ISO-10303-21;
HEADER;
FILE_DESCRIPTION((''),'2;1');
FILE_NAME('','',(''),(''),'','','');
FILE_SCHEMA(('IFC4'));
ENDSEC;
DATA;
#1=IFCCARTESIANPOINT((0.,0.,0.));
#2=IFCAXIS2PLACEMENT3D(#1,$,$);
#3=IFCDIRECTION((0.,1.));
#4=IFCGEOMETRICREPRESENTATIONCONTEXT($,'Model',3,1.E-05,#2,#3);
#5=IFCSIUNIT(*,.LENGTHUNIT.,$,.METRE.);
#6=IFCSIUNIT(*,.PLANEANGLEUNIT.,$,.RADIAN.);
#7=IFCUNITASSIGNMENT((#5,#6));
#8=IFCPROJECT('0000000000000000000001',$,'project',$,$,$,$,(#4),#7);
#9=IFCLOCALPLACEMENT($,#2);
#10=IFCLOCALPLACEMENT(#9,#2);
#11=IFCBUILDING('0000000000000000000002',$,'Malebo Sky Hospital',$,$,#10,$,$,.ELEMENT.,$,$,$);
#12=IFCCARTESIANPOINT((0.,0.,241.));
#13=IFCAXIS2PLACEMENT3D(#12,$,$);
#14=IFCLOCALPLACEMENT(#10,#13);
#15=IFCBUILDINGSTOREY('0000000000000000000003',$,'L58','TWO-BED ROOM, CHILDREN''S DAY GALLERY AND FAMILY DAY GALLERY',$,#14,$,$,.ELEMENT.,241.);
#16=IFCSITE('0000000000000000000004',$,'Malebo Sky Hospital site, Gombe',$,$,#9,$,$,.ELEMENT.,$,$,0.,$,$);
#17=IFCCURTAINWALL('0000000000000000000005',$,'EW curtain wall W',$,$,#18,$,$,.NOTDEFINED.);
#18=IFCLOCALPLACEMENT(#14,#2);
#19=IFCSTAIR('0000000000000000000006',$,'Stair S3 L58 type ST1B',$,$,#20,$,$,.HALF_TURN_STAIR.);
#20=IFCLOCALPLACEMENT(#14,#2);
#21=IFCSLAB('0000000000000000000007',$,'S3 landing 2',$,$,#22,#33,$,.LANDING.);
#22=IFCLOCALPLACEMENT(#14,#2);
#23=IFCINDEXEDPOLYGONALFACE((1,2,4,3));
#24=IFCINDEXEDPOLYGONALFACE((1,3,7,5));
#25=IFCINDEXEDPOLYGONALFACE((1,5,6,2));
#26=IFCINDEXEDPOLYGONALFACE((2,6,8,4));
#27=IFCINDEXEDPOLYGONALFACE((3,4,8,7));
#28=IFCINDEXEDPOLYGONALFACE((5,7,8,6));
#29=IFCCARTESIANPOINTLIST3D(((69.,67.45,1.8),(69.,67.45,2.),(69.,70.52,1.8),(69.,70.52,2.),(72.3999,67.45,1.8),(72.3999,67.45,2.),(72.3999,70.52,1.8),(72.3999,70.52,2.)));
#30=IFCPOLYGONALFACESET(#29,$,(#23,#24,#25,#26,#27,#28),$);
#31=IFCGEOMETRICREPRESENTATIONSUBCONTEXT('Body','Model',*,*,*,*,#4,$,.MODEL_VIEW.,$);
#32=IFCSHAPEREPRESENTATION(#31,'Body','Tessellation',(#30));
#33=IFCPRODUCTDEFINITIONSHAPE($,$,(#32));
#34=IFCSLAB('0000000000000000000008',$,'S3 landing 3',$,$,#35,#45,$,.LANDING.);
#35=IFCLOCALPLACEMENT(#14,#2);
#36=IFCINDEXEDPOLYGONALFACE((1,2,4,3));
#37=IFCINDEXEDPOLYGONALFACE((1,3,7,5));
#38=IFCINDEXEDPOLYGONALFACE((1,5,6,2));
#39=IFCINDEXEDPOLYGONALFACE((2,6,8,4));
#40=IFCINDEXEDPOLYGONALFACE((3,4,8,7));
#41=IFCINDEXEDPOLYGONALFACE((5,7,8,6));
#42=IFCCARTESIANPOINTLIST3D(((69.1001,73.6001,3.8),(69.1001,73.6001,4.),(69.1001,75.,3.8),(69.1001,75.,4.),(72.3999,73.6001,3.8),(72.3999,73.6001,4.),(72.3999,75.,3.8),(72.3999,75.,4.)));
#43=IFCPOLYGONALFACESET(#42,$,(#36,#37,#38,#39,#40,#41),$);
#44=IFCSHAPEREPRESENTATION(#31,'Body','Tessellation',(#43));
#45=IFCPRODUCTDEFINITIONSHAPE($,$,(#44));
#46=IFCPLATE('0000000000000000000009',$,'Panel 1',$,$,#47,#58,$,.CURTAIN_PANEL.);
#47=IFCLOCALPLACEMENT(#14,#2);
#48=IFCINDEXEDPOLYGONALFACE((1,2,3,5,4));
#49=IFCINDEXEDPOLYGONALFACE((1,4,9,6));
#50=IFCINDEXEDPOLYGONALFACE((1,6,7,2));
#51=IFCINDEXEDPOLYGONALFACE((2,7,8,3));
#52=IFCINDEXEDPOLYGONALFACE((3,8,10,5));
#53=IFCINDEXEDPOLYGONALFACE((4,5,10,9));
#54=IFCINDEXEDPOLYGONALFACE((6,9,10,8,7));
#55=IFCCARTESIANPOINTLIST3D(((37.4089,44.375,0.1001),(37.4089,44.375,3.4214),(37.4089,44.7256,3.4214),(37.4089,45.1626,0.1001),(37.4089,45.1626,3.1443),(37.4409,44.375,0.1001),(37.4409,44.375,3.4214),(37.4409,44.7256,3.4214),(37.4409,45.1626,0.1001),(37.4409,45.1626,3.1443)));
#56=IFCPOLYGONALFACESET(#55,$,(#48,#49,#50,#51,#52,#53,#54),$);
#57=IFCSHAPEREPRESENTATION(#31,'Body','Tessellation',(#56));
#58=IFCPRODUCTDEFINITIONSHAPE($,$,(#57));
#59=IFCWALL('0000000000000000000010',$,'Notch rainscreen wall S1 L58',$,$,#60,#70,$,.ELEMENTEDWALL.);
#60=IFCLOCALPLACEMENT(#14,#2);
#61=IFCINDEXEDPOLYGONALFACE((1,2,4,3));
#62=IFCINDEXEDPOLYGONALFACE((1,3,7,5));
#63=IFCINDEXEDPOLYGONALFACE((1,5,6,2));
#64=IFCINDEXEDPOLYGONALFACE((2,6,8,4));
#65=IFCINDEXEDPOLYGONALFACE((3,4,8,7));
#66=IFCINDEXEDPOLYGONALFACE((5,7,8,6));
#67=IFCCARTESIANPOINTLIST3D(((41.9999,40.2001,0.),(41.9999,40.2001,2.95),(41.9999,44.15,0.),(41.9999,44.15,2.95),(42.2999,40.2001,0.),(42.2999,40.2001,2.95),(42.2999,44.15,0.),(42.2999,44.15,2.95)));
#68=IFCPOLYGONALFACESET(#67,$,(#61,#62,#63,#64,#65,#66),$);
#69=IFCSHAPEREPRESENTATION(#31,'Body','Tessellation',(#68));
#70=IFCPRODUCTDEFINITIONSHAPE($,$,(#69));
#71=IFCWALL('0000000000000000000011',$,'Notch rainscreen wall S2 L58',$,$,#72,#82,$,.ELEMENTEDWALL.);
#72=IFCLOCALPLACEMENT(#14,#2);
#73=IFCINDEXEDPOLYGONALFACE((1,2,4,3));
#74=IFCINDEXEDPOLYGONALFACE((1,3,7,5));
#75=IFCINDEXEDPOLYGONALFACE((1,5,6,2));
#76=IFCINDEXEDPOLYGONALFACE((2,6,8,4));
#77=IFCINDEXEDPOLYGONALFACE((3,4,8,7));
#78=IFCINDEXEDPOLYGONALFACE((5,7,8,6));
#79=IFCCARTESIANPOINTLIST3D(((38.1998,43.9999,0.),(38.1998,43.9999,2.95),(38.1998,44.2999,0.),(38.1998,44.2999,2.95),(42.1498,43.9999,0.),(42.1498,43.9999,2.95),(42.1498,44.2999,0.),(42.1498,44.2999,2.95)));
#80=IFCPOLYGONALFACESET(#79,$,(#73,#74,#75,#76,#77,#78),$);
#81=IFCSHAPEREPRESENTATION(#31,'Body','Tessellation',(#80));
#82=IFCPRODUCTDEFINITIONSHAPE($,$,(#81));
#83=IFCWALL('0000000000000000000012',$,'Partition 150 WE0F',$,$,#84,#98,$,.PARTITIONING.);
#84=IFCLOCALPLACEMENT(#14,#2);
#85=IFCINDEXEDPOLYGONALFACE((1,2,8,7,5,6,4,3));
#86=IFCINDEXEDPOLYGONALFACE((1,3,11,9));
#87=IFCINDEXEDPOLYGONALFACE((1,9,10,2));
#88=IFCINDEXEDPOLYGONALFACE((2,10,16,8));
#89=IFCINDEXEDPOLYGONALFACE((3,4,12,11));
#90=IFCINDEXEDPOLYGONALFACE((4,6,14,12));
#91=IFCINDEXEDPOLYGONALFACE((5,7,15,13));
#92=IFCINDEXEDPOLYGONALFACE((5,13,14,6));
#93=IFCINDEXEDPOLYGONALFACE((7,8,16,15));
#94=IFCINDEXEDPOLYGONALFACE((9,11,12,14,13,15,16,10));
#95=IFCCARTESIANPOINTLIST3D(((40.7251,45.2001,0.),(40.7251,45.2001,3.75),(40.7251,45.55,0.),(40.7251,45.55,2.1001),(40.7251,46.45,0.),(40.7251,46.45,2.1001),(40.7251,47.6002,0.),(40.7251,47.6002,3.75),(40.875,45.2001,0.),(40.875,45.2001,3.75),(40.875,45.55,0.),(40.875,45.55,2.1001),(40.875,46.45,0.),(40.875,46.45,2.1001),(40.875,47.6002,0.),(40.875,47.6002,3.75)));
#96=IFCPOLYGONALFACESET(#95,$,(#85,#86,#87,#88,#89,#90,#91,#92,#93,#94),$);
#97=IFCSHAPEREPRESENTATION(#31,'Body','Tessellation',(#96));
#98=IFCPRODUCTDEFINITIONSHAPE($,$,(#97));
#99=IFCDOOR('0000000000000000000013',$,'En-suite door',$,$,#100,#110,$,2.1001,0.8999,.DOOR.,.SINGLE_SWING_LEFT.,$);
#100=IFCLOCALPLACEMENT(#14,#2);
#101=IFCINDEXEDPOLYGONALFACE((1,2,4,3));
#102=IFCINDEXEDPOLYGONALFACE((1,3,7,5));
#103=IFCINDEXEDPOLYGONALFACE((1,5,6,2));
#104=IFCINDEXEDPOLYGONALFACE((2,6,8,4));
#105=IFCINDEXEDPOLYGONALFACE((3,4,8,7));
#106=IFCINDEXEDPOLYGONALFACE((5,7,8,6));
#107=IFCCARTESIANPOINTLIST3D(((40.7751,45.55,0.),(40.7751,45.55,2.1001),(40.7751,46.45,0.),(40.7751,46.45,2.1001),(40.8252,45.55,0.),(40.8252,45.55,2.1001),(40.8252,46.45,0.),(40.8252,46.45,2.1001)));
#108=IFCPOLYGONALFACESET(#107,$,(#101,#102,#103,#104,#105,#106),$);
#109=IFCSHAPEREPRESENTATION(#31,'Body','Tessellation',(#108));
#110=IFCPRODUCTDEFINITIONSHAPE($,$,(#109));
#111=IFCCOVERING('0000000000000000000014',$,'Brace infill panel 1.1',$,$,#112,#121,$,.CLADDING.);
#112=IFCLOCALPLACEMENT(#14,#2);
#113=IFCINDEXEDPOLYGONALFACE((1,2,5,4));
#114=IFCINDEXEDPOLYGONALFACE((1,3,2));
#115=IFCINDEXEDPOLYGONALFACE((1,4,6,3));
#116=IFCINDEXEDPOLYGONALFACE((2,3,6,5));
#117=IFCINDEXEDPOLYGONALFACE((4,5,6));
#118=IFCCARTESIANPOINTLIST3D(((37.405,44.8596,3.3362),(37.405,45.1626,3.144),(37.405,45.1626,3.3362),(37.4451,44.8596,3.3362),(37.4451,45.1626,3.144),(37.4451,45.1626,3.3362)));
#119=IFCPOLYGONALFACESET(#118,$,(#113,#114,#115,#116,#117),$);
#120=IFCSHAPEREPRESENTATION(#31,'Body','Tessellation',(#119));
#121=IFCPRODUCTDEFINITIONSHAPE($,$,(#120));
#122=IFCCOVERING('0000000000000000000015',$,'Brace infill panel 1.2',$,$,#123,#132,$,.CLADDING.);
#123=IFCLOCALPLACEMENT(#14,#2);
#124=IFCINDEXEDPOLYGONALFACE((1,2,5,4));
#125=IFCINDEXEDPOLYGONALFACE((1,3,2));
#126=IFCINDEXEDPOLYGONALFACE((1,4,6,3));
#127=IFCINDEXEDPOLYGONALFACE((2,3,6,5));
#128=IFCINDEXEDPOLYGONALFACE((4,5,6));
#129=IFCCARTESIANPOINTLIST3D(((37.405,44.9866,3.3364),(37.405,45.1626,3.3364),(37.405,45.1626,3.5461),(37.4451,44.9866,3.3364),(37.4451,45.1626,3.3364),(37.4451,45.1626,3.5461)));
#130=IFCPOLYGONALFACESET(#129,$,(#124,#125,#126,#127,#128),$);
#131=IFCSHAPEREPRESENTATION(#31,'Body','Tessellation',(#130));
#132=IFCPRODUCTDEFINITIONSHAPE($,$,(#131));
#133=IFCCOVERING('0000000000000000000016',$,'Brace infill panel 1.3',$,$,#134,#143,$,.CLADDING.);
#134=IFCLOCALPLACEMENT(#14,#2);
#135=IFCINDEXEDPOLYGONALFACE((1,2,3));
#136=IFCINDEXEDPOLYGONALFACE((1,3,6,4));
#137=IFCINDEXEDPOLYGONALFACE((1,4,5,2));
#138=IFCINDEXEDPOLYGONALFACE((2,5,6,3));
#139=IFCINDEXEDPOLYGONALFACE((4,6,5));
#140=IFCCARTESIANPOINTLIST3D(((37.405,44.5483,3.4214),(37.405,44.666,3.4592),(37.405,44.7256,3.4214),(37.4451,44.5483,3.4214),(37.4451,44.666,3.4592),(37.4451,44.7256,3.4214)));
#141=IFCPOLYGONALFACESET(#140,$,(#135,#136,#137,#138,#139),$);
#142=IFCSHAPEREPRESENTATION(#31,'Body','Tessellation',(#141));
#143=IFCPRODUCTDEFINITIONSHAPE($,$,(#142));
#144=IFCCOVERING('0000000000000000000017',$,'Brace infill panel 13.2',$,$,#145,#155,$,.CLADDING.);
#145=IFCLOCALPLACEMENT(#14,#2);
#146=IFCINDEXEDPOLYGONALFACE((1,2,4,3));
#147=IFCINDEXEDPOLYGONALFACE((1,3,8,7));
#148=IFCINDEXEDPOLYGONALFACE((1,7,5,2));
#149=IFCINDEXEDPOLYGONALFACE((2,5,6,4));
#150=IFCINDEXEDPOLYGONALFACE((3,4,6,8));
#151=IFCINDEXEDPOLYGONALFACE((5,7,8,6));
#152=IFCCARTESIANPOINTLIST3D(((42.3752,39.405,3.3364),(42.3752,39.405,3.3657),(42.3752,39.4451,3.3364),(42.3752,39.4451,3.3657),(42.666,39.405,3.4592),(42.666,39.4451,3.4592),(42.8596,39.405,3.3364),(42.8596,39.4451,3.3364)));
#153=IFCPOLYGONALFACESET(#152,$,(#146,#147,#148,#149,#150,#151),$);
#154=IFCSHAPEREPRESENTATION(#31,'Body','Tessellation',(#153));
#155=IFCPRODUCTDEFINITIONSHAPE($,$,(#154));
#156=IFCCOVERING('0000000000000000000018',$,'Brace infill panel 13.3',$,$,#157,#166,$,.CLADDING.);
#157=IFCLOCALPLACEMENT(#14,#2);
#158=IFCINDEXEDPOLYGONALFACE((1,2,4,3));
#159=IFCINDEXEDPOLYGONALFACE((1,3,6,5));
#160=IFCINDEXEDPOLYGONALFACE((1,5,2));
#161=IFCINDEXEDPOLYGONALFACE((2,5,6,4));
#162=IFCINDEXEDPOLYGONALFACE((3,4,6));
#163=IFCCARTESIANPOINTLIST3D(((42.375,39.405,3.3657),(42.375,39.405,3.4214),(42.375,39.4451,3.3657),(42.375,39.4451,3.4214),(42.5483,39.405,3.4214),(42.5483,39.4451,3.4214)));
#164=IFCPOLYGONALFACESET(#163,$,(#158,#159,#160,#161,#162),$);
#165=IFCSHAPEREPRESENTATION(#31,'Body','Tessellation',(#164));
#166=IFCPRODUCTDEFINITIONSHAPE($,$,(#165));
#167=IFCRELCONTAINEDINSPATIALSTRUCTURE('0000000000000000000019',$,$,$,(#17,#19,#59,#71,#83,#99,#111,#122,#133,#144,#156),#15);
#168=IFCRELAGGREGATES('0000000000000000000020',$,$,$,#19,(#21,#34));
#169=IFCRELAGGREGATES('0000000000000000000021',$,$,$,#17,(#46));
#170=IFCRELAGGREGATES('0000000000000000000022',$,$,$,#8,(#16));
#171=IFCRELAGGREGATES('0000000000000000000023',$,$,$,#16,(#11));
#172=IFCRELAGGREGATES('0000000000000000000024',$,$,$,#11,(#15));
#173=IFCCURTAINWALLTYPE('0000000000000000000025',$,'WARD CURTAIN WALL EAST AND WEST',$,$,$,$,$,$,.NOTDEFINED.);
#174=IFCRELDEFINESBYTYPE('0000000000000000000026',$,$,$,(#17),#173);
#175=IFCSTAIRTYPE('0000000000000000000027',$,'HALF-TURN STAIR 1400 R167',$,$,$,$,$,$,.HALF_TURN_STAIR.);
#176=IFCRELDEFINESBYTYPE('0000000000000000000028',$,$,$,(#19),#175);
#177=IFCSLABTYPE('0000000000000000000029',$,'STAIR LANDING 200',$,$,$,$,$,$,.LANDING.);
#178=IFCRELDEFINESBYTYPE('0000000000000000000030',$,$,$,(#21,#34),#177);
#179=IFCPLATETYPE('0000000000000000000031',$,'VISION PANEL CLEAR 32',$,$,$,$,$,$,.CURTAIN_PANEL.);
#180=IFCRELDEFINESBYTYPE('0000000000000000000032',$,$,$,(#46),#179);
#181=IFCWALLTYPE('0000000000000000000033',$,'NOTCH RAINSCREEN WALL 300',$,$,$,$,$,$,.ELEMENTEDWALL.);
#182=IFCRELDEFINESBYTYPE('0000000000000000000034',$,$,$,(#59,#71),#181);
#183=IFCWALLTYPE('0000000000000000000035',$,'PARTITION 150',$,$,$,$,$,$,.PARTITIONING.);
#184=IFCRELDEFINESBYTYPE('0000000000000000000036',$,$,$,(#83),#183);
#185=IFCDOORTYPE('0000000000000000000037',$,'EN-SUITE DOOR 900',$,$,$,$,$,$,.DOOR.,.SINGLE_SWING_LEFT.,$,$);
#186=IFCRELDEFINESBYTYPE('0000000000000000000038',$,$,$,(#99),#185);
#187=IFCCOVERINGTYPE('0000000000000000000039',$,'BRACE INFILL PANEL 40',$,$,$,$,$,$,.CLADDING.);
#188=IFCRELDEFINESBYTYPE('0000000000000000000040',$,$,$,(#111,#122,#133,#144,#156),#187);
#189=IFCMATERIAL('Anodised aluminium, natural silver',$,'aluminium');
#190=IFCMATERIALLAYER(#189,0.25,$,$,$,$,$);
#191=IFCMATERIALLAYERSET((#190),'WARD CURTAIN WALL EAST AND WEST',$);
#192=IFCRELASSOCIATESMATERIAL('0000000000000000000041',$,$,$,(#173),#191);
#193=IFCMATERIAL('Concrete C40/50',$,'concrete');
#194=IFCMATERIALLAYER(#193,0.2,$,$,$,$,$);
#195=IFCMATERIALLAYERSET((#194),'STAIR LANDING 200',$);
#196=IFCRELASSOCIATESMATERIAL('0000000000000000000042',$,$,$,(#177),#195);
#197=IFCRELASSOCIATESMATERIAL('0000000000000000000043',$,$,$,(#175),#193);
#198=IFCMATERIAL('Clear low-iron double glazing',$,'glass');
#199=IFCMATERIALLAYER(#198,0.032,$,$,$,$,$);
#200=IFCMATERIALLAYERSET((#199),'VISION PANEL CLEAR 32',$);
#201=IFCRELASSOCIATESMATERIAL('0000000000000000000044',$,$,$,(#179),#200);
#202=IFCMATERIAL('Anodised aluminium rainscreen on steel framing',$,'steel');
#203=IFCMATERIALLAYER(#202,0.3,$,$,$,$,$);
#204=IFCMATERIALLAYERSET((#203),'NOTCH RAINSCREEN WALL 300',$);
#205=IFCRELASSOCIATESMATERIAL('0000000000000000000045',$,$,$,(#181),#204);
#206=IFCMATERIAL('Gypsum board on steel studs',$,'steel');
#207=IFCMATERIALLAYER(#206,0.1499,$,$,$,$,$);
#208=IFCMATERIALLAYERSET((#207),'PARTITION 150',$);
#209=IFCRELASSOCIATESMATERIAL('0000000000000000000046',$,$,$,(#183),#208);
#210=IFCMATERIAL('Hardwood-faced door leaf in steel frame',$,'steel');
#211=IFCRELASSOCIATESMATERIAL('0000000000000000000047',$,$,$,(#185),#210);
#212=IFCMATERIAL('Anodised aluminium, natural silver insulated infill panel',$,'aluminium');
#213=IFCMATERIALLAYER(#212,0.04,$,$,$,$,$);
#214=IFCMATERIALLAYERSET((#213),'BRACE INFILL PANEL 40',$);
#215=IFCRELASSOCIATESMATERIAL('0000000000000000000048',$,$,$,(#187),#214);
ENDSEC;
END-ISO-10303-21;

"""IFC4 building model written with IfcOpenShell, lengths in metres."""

from ifc_helpers import new_model, si_unit, direction, frame, frame_2d, origin, place, context, subcontext, project, spatial, polyline, rectangle, outline, extrude, material, layer, layer_set, type_object, element, fill, aggregate, save


model = new_model("IFC4")

# Units and contexts
model_context = context("Model", 3, precision=1e-05, world=origin(), true_north=direction((0.0, 1.0)))
body_context = subcontext(model_context, "Body", "Model", "MODEL_VIEW")
ifc_project = project(units=[si_unit("LENGTHUNIT", "METRE"), si_unit("PLANEANGLEUNIT", "RADIAN")], contexts=[model_context])

# Site, building, storey
site_placement = place(None, origin())
site = spatial("IfcSite", under=ifc_project, at=site_placement, Name="Malebo Sky Hospital site, Gombe", CompositionType="ELEMENT", RefElevation=0.0)
building_placement = place(site_placement, origin())
building = spatial("IfcBuilding", under=site, at=building_placement, Name="Malebo Sky Hospital", CompositionType="ELEMENT")
storey_placement = place(building_placement, frame((0.0, 0.0, 241.0)))
storey = spatial("IfcBuildingStorey", under=building, at=storey_placement, Name="L58", Description="TWO-BED ROOM, CHILDREN'S DAY GALLERY AND FAMILY DAY GALLERY", CompositionType="ELEMENT", Elevation=241.0)

# Curtain wall
ifc_material_1 = material(Name="Anodised aluminium, natural silver", Category="aluminium")
ifc_layer_1 = layer(ifc_material_1, 0.25)
ifc_layer_set_1 = layer_set([ifc_layer_1], Name="WARD CURTAIN WALL EAST AND WEST")
curtain_wall_type_1 = type_object("IfcCurtainWallType", Name="WARD CURTAIN WALL EAST AND WEST", PredefinedType="NOTDEFINED", material=ifc_layer_set_1)
curtain_wall_1_placement = place(storey_placement, origin())
curtain_wall_1 = element("IfcCurtainWall", 1, at=curtain_wall_1_placement, inside=storey, type_object=curtain_wall_type_1, Name="EW curtain wall W", PredefinedType="NOTDEFINED")

# Shared definitions
ifc_material_2 = material(Name="Concrete C40/50", Category="concrete")

# Stair, slabs
ifc_layer_2 = layer(ifc_material_2, 0.2)
ifc_layer_set_2 = layer_set([ifc_layer_2], Name="STAIR LANDING 200")
slab_type_1 = type_object("IfcSlabType", Name="STAIR LANDING 200", PredefinedType="LANDING", material=ifc_layer_set_2)
stair_type_1 = type_object("IfcStairType", Name="HALF-TURN STAIR 1400 R167", PredefinedType="HALF_TURN_STAIR", material=ifc_material_2)
stair_1_placement = place(storey_placement, origin())
stair_1 = element("IfcStair", 2, at=stair_1_placement, inside=storey, type_object=stair_type_1, Name="Stair S3 L58 type ST1B", PredefinedType="HALF_TURN_STAIR")
slab_1_placement = place(storey_placement, frame((0.0, 0.0, 1.8)))
slab_1 = element("IfcSlab", 3, at=slab_1_placement, type_object=slab_type_1, Name="S3 landing 2", PredefinedType="LANDING", context=body_context, shape_type="SweptSolid", body=[
    extrude(outline(polyline([(69.0, 67.45), (72.3999, 67.45), (72.3999, 70.52), (69.0, 70.52), (69.0, 67.45)])), origin(), (0.0, 0.0, 1.0), 0.2),
])
slab_2_placement = place(storey_placement, frame((0.0, 0.0, 3.8)))
slab_2 = element("IfcSlab", 4, at=slab_2_placement, type_object=slab_type_1, Name="S3 landing 3", PredefinedType="LANDING", context=body_context, shape_type="SweptSolid", body=[
    extrude(outline(polyline([(69.1001, 73.6001), (72.3999, 73.6001), (72.3999, 75.0), (69.1001, 75.0), (69.1001, 73.6001)])), origin(), (0.0, 0.0, 1.0), 0.2),
])
aggregate(stair_1, [slab_1, slab_2])

# Plate
ifc_material_3 = material(Name="Clear low-iron double glazing", Category="glass")
ifc_layer_3 = layer(ifc_material_3, 0.032)
ifc_layer_set_3 = layer_set([ifc_layer_3], Name="VISION PANEL CLEAR 32")
plate_type = type_object("IfcPlateType", Name="VISION PANEL CLEAR 32", PredefinedType="CURTAIN_PANEL", material=ifc_layer_set_3)
plate_placement = place(storey_placement, frame((37.425, 44.7688, 0.1001), z_axis=(0.0, 0.0, 1.0), x_axis=(0.0, 1.0, 0.0)))
plate = element("IfcPlate", 5, at=plate_placement, type_object=plate_type, Name="Panel 1", PredefinedType="CURTAIN_PANEL", context=body_context, shape_type="SweptSolid", body=[
    extrude(outline(polyline([(-0.3938, 0.0), (0.3938, 0.0), (0.3938, 3.0442), (-0.0432, 3.3213), (-0.3938, 3.3213), (-0.3938, 0.0)])), frame((0.0, 0.0161, 0.0), z_axis=(0.0, -1.0, 0.0), x_axis=(1.0, 0.0, 0.0)), (0.0, 0.0, 1.0), 0.032),
])
aggregate(curtain_wall_1, [plate])

# Walls
ifc_material_4 = material(Name="Anodised aluminium rainscreen on steel framing", Category="steel")
ifc_layer_4 = layer(ifc_material_4, 0.3)
ifc_layer_set_4 = layer_set([ifc_layer_4], Name="NOTCH RAINSCREEN WALL 300")
wall_type_1 = type_object("IfcWallType", Name="NOTCH RAINSCREEN WALL 300", PredefinedType="ELEMENTEDWALL", material=ifc_layer_set_4)
for number, where, z_axis, x_axis, name in (
    (6, (42.1499, 40.2, 0.0), (0.0, 0.0, 1.0), (0.0, 1.0, 0.0), "Notch rainscreen wall S1 L58"),
    (7, (42.1499, 44.1499, 0.0), (0.0, 0.0, 1.0), (-1.0, 0.0, 0.0), "Notch rainscreen wall S2 L58"),
):
    element("IfcWall", number, at=place(storey_placement, frame(where, z_axis=z_axis, x_axis=x_axis)), inside=storey, type_object=wall_type_1, Name=name, PredefinedType="ELEMENTEDWALL", context=body_context, shape_type="SweptSolid", body=[
        extrude(rectangle(XDim=3.95, YDim=0.3, at=frame_2d((1.9751, 0.0))), origin(), (0.0, 0.0, 1.0), 2.95),
    ])

# Wall, opening, door
ifc_material_5 = material(Name="Gypsum board on steel studs", Category="steel")
ifc_layer_5 = layer(ifc_material_5, 0.1499)
ifc_layer_set_5 = layer_set([ifc_layer_5], Name="PARTITION 150")
wall_type_2 = type_object("IfcWallType", Name="PARTITION 150", PredefinedType="PARTITIONING", material=ifc_layer_set_5)
wall_placement = place(storey_placement, frame((40.8, 45.2, 0.0), z_axis=(0.0, 0.0, 1.0), x_axis=(0.0, 1.0, 0.0)))
wall = element("IfcWall", 8, at=wall_placement, inside=storey, type_object=wall_type_2, Name="Partition 150 WE0F", PredefinedType="PARTITIONING", context=body_context, shape_type="SweptSolid", body=[
    extrude(rectangle(XDim=2.4001, YDim=0.1499, at=frame_2d((1.2002, 0.0))), origin(), (0.0, 0.0, 1.0), 3.75),
])
opening_placement = place(wall_placement, frame((0.3501, 0.0, 0.0)))
opening = element("IfcOpeningElement", 9, at=opening_placement, cuts=wall, PredefinedType="OPENING", context=body_context, shape_type="SweptSolid", body=[
    extrude(rectangle(XDim=0.8999, YDim=2.1001, at=frame_2d((0.45, 1.05))), frame((0.0, 0.085, 0.0), z_axis=(0.0, -1.0, 0.0), x_axis=(1.0, 0.0, 0.0)), (0.0, 0.0, 1.0), 0.1699),
])
ifc_material_6 = material(Name="Hardwood-faced door leaf in steel frame", Category="steel")
door_type = type_object("IfcDoorType", Name="EN-SUITE DOOR 900", OperationType="SINGLE_SWING_LEFT", PredefinedType="DOOR", material=ifc_material_6)
door_placement = place(opening_placement, origin())
door = element("IfcDoor", 10, at=door_placement, inside=storey, type_object=door_type, Name="En-suite door", OperationType="SINGLE_SWING_LEFT", OverallHeight=2.1001, OverallWidth=0.8999, PredefinedType="DOOR", context=body_context, shape_type="SweptSolid", body=[
    extrude(rectangle(XDim=0.8999, YDim=2.1001, at=frame_2d((0.45, 1.05))), frame((0.0, 0.0249, 0.0), z_axis=(0.0, -1.0, 0.0), x_axis=(1.0, 0.0, 0.0)), (0.0, 0.0, 1.0), 0.05),
])
fill(opening, door)

# Coverings
ifc_material_7 = material(Name="Anodised aluminium, natural silver insulated infill panel", Category="aluminium")
ifc_layer_6 = layer(ifc_material_7, 0.04)
ifc_layer_set_6 = layer_set([ifc_layer_6], Name="BRACE INFILL PANEL 40")
covering_type = type_object("IfcCoveringType", Name="BRACE INFILL PANEL 40", PredefinedType="CLADDING", material=ifc_layer_set_6)
covering_1_placement = place(storey_placement, frame((37.425, 45.011, 3.144), z_axis=(0.0, 0.0, 1.0), x_axis=(0.0, 1.0, 0.0)))
element("IfcCovering", 11, at=covering_1_placement, inside=storey, type_object=covering_type, Name="Brace infill panel 1.1", PredefinedType="CLADDING", context=body_context, shape_type="SweptSolid", body=[
    extrude(outline(polyline([(0.1516, 0.0), (0.1516, 0.1921), (-0.1514, 0.1921), (0.1516, 0.0)])), frame((0.0, 0.02, 0.0), z_axis=(0.0, -1.0, 0.0), x_axis=(1.0, 0.0, 0.0)), (0.0, 0.0, 1.0), 0.04),
])
covering_2_placement = place(storey_placement, frame((37.425, 45.0745, 3.3364), z_axis=(0.0, 0.0, 1.0), x_axis=(0.0, 1.0, 0.0)))
element("IfcCovering", 12, at=covering_2_placement, inside=storey, type_object=covering_type, Name="Brace infill panel 1.2", PredefinedType="CLADDING", context=body_context, shape_type="SweptSolid", body=[
    extrude(outline(polyline([(-0.0879, 0.0), (0.0881, 0.0), (0.0881, 0.2097), (-0.0879, 0.0)])), frame((0.0, 0.02, 0.0), z_axis=(0.0, -1.0, 0.0), x_axis=(1.0, 0.0, 0.0)), (0.0, 0.0, 1.0), 0.04),
])
covering_3_placement = place(storey_placement, frame((37.425, 44.637, 3.4214), z_axis=(0.0, 0.0, 1.0), x_axis=(0.0, 1.0, 0.0)))
element("IfcCovering", 13, at=covering_3_placement, inside=storey, type_object=covering_type, Name="Brace infill panel 1.3", PredefinedType="CLADDING", context=body_context, shape_type="SweptSolid", body=[
    extrude(outline(polyline([(-0.0886, 0.0), (0.0886, 0.0), (0.0291, 0.0378), (-0.0886, 0.0)])), frame((0.0, 0.02, 0.0), z_axis=(0.0, -1.0, 0.0), x_axis=(1.0, 0.0, 0.0)), (0.0, 0.0, 1.0), 0.04),
])
covering_4_placement = place(storey_placement, frame((42.6174, 39.425, 3.3364), z_axis=(0.0, 0.0, 1.0), x_axis=(-1.0, 0.0, 0.0)))
element("IfcCovering", 14, at=covering_4_placement, inside=storey, type_object=covering_type, Name="Brace infill panel 13.2", PredefinedType="CLADDING", context=body_context, shape_type="SweptSolid", body=[
    extrude(outline(polyline([(-0.2422, 0.0), (0.2422, 0.0), (0.2422, 0.0293), (-0.0486, 0.1228), (-0.2422, 0.0)])), frame((0.0, 0.02, 0.0), z_axis=(0.0, -1.0, 0.0), x_axis=(1.0, 0.0, 0.0)), (0.0, 0.0, 1.0), 0.04),
])
covering_5_placement = place(storey_placement, frame((42.4617, 39.425, 3.3657), z_axis=(0.0, 0.0, 1.0), x_axis=(-1.0, 0.0, 0.0)))
element("IfcCovering", 15, at=covering_5_placement, inside=storey, type_object=covering_type, Name="Brace infill panel 13.3", PredefinedType="CLADDING", context=body_context, shape_type="SweptSolid", body=[
    extrude(outline(polyline([(0.0867, 0.0), (0.0867, 0.0557), (-0.0867, 0.0557), (0.0867, 0.0)])), frame((0.0, 0.02, 0.0), z_axis=(0.0, -1.0, 0.0), x_axis=(1.0, 0.0, 0.0)), (0.0, 0.0, 1.0), 0.04),
])

save(model, "model.ifc")
